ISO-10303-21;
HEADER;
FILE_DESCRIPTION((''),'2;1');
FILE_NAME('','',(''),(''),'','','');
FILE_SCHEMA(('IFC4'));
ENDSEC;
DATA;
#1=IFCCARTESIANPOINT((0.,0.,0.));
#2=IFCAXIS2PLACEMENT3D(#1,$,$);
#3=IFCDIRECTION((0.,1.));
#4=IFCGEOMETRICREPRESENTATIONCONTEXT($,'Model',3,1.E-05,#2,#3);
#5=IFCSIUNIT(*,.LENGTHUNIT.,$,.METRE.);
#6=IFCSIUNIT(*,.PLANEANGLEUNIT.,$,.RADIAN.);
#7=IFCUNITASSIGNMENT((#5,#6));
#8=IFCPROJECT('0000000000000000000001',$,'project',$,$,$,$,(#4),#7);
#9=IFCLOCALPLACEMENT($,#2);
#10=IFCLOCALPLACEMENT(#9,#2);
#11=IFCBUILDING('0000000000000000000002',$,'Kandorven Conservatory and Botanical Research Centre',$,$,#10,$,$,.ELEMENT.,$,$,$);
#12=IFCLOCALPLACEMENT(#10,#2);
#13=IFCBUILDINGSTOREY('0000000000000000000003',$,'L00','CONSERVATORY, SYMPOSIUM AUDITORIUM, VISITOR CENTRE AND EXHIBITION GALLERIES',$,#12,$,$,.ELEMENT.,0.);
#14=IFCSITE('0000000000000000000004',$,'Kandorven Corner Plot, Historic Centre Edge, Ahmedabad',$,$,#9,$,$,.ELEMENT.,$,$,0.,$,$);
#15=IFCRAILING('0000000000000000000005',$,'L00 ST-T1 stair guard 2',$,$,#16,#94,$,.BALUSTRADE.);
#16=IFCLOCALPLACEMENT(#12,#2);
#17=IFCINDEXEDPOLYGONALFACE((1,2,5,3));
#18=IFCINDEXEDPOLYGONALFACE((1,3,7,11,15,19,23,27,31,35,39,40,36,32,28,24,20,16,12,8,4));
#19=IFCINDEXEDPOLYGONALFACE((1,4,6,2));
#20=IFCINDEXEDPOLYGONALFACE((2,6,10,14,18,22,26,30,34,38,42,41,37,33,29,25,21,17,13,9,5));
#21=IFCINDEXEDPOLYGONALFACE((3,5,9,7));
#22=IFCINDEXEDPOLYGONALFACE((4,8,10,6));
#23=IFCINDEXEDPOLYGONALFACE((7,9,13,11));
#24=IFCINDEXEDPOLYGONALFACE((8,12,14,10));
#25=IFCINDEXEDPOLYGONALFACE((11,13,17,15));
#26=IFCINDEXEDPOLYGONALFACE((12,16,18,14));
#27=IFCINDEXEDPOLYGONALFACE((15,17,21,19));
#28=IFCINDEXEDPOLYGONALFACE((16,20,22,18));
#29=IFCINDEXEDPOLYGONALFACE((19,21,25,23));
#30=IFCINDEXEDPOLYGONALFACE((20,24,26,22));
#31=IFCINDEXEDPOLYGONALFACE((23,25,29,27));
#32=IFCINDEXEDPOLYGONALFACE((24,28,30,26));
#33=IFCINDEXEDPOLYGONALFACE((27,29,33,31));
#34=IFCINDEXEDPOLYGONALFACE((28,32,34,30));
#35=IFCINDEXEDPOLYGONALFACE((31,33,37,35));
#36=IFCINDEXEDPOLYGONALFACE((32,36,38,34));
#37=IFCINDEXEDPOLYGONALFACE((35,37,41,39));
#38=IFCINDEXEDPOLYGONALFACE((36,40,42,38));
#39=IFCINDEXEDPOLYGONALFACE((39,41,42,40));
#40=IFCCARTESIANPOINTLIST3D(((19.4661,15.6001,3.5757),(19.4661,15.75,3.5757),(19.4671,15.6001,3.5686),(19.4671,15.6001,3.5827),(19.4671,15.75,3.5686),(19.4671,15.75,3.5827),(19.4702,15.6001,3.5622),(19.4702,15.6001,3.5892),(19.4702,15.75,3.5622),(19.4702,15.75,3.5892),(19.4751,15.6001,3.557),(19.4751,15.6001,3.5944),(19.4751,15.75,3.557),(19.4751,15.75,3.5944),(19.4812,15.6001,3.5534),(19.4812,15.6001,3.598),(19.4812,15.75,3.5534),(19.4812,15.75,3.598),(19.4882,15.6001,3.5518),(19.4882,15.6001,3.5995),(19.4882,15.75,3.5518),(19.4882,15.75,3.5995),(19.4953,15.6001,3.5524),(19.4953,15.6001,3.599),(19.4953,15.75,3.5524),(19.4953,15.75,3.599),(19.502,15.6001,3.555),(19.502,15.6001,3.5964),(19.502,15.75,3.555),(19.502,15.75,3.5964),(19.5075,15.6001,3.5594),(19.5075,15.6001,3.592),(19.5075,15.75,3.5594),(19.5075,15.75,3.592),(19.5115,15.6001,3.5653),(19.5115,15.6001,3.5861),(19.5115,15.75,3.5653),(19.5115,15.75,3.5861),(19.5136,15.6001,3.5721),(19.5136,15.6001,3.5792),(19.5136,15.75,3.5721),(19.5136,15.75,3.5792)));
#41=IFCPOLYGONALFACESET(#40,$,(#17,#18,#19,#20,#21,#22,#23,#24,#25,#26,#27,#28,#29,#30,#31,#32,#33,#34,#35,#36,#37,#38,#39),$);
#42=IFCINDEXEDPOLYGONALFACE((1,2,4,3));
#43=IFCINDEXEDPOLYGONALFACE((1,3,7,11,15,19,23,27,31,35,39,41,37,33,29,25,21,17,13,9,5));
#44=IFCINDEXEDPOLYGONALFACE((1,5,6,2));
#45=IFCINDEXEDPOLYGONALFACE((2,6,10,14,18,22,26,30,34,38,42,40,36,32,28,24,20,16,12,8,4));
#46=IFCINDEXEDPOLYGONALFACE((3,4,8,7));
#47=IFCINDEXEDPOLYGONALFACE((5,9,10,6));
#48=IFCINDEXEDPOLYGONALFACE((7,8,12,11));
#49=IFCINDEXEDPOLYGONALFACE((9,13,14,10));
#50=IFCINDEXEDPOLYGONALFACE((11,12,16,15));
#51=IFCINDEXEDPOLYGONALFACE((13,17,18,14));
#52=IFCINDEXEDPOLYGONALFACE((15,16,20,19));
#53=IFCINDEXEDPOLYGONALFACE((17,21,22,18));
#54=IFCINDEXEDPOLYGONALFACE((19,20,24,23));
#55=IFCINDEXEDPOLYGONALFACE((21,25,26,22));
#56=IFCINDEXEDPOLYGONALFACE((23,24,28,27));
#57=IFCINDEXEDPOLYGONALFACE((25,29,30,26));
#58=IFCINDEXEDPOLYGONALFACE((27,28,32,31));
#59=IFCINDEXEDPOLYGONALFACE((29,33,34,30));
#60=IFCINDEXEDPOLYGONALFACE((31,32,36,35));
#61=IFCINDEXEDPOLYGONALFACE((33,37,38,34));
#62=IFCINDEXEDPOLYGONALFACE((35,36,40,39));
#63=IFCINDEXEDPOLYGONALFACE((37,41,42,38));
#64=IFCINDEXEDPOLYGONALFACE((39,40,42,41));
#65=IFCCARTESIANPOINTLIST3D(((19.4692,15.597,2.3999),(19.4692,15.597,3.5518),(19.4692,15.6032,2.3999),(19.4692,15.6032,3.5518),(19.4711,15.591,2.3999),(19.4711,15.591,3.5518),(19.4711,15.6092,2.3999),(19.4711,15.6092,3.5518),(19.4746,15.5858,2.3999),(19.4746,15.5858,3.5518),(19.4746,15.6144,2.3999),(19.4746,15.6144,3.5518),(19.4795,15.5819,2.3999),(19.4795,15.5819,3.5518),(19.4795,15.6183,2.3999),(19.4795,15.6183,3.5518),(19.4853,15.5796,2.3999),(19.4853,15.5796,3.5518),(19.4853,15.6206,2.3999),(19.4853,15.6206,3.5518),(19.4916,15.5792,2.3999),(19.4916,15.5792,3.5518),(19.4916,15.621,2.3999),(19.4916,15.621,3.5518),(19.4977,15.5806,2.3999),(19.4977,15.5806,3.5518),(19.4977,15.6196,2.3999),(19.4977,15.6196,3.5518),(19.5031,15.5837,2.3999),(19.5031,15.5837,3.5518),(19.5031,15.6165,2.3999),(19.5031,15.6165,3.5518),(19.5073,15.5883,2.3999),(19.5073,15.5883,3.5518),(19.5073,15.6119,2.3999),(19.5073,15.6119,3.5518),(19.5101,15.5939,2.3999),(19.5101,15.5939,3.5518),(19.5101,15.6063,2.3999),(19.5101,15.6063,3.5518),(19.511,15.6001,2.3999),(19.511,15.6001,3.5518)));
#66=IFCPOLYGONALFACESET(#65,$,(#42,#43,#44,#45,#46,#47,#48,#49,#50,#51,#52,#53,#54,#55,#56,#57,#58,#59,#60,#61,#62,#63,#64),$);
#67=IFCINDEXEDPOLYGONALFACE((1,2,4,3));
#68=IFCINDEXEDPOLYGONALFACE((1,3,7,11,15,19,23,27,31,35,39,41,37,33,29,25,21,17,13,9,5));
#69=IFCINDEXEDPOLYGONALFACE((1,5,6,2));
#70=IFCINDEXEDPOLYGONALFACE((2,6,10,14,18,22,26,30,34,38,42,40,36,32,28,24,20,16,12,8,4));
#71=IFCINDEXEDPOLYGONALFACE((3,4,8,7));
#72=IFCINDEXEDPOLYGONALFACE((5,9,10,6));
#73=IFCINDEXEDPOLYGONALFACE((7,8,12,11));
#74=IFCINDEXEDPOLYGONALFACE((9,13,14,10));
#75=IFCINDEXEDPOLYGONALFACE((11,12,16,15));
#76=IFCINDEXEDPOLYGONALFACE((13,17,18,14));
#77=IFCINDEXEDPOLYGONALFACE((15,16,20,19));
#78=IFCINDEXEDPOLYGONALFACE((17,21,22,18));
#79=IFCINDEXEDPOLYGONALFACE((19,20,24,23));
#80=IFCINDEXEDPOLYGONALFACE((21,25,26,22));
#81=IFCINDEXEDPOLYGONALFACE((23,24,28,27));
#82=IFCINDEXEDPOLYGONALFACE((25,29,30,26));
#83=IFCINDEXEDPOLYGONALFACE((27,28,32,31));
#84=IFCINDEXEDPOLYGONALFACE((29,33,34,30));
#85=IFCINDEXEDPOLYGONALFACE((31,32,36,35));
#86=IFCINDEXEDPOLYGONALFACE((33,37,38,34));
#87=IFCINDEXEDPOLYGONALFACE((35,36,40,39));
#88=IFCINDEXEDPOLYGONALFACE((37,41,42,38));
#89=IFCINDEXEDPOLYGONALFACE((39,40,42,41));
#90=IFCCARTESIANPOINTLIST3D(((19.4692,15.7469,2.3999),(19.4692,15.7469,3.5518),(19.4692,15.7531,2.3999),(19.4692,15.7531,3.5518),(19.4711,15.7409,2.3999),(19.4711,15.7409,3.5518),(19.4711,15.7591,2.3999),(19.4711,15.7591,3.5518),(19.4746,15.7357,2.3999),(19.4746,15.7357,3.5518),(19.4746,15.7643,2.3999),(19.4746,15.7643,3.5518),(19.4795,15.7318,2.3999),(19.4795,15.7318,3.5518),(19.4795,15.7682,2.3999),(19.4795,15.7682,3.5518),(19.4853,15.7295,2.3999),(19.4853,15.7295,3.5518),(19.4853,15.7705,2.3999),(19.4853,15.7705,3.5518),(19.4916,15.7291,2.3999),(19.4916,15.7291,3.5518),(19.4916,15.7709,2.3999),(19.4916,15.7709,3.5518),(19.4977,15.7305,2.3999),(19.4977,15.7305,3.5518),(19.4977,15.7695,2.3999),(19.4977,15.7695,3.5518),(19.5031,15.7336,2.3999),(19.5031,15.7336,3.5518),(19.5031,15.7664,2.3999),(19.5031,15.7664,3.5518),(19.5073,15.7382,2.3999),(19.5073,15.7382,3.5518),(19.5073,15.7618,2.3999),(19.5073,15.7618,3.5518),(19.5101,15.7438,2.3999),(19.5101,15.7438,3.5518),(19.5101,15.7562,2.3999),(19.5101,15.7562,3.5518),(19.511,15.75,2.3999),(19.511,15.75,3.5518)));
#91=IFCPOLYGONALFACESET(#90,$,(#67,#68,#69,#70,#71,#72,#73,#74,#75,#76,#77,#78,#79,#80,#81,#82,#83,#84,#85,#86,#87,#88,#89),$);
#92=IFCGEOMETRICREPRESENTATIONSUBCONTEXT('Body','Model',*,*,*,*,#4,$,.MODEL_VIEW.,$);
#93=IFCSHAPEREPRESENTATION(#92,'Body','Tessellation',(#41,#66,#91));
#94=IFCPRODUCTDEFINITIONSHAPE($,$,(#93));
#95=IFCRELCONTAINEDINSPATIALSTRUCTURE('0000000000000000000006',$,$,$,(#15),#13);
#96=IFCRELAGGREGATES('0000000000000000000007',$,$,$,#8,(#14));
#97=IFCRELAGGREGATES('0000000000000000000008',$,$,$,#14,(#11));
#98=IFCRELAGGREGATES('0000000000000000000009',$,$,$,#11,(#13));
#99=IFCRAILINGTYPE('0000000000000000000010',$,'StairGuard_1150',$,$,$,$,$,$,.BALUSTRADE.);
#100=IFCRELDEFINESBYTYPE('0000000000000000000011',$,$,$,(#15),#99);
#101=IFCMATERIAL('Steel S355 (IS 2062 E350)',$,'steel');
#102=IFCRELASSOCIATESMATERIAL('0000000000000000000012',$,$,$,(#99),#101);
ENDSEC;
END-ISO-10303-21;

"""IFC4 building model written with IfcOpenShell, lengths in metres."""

from ifc_helpers import new_model, si_unit, direction, frame, origin, origin_2d, place, context, subcontext, project, spatial, circle, extrude, material, type_object, element, save


model = new_model("IFC4")

# Units and contexts
model_context = context("Model", 3, precision=1e-05, world=origin(), true_north=direction((0.0, 1.0)))
body_context = subcontext(model_context, "Body", "Model", "MODEL_VIEW")
ifc_project = project(units=[si_unit("LENGTHUNIT", "METRE"), si_unit("PLANEANGLEUNIT", "RADIAN")], contexts=[model_context])

# Site, building, storey
site_placement = place(None, origin())
site = spatial("IfcSite", under=ifc_project, at=site_placement, Name="Kandorven Corner Plot, Historic Centre Edge, Ahmedabad", CompositionType="ELEMENT", RefElevation=0.0)
building_placement = place(site_placement, origin())
building = spatial("IfcBuilding", under=site, at=building_placement, Name="Kandorven Conservatory and Botanical Research Centre", CompositionType="ELEMENT")
storey_placement = place(building_placement, origin())
storey = spatial("IfcBuildingStorey", under=building, at=storey_placement, Name="L00", Description="CONSERVATORY, SYMPOSIUM AUDITORIUM, VISITOR CENTRE AND EXHIBITION GALLERIES", CompositionType="ELEMENT", Elevation=0.0)

# Railing
ifc_material_1 = material(Name="Steel S355 (IS 2062 E350)", Category="steel")
railing_type_1 = type_object("IfcRailingType", Name="StairGuard_1150", PredefinedType="BALUSTRADE", material=ifc_material_1)
railing_1_placement = place(storey_placement, frame((19.49, 15.6001, 2.3999)))
element("IfcRailing", 1, at=railing_1_placement, inside=storey, type_object=railing_type_1, Name="L00 ST-T1 stair guard 2", PredefinedType="BALUSTRADE", context=body_context, shape_type="SweptSolid", body=[
    extrude(circle(Radius=0.0239, at=origin_2d()), frame((0.0, 0.0, 1.1758), z_axis=(0.0, 1.0, 0.0), x_axis=(-1.0, 0.0, 0.0)), (0.0, 0.0, 1.0), 0.1499),
    extrude(circle(Radius=0.021, at=origin_2d()), origin(), (0.0, 0.0, 1.0), 1.1519),
    extrude(circle(Radius=0.021, at=origin_2d()), frame((0.0, 0.1499, 0.0)), (0.0, 0.0, 1.0), 1.1519),
])

save(model, "model.ifc")
